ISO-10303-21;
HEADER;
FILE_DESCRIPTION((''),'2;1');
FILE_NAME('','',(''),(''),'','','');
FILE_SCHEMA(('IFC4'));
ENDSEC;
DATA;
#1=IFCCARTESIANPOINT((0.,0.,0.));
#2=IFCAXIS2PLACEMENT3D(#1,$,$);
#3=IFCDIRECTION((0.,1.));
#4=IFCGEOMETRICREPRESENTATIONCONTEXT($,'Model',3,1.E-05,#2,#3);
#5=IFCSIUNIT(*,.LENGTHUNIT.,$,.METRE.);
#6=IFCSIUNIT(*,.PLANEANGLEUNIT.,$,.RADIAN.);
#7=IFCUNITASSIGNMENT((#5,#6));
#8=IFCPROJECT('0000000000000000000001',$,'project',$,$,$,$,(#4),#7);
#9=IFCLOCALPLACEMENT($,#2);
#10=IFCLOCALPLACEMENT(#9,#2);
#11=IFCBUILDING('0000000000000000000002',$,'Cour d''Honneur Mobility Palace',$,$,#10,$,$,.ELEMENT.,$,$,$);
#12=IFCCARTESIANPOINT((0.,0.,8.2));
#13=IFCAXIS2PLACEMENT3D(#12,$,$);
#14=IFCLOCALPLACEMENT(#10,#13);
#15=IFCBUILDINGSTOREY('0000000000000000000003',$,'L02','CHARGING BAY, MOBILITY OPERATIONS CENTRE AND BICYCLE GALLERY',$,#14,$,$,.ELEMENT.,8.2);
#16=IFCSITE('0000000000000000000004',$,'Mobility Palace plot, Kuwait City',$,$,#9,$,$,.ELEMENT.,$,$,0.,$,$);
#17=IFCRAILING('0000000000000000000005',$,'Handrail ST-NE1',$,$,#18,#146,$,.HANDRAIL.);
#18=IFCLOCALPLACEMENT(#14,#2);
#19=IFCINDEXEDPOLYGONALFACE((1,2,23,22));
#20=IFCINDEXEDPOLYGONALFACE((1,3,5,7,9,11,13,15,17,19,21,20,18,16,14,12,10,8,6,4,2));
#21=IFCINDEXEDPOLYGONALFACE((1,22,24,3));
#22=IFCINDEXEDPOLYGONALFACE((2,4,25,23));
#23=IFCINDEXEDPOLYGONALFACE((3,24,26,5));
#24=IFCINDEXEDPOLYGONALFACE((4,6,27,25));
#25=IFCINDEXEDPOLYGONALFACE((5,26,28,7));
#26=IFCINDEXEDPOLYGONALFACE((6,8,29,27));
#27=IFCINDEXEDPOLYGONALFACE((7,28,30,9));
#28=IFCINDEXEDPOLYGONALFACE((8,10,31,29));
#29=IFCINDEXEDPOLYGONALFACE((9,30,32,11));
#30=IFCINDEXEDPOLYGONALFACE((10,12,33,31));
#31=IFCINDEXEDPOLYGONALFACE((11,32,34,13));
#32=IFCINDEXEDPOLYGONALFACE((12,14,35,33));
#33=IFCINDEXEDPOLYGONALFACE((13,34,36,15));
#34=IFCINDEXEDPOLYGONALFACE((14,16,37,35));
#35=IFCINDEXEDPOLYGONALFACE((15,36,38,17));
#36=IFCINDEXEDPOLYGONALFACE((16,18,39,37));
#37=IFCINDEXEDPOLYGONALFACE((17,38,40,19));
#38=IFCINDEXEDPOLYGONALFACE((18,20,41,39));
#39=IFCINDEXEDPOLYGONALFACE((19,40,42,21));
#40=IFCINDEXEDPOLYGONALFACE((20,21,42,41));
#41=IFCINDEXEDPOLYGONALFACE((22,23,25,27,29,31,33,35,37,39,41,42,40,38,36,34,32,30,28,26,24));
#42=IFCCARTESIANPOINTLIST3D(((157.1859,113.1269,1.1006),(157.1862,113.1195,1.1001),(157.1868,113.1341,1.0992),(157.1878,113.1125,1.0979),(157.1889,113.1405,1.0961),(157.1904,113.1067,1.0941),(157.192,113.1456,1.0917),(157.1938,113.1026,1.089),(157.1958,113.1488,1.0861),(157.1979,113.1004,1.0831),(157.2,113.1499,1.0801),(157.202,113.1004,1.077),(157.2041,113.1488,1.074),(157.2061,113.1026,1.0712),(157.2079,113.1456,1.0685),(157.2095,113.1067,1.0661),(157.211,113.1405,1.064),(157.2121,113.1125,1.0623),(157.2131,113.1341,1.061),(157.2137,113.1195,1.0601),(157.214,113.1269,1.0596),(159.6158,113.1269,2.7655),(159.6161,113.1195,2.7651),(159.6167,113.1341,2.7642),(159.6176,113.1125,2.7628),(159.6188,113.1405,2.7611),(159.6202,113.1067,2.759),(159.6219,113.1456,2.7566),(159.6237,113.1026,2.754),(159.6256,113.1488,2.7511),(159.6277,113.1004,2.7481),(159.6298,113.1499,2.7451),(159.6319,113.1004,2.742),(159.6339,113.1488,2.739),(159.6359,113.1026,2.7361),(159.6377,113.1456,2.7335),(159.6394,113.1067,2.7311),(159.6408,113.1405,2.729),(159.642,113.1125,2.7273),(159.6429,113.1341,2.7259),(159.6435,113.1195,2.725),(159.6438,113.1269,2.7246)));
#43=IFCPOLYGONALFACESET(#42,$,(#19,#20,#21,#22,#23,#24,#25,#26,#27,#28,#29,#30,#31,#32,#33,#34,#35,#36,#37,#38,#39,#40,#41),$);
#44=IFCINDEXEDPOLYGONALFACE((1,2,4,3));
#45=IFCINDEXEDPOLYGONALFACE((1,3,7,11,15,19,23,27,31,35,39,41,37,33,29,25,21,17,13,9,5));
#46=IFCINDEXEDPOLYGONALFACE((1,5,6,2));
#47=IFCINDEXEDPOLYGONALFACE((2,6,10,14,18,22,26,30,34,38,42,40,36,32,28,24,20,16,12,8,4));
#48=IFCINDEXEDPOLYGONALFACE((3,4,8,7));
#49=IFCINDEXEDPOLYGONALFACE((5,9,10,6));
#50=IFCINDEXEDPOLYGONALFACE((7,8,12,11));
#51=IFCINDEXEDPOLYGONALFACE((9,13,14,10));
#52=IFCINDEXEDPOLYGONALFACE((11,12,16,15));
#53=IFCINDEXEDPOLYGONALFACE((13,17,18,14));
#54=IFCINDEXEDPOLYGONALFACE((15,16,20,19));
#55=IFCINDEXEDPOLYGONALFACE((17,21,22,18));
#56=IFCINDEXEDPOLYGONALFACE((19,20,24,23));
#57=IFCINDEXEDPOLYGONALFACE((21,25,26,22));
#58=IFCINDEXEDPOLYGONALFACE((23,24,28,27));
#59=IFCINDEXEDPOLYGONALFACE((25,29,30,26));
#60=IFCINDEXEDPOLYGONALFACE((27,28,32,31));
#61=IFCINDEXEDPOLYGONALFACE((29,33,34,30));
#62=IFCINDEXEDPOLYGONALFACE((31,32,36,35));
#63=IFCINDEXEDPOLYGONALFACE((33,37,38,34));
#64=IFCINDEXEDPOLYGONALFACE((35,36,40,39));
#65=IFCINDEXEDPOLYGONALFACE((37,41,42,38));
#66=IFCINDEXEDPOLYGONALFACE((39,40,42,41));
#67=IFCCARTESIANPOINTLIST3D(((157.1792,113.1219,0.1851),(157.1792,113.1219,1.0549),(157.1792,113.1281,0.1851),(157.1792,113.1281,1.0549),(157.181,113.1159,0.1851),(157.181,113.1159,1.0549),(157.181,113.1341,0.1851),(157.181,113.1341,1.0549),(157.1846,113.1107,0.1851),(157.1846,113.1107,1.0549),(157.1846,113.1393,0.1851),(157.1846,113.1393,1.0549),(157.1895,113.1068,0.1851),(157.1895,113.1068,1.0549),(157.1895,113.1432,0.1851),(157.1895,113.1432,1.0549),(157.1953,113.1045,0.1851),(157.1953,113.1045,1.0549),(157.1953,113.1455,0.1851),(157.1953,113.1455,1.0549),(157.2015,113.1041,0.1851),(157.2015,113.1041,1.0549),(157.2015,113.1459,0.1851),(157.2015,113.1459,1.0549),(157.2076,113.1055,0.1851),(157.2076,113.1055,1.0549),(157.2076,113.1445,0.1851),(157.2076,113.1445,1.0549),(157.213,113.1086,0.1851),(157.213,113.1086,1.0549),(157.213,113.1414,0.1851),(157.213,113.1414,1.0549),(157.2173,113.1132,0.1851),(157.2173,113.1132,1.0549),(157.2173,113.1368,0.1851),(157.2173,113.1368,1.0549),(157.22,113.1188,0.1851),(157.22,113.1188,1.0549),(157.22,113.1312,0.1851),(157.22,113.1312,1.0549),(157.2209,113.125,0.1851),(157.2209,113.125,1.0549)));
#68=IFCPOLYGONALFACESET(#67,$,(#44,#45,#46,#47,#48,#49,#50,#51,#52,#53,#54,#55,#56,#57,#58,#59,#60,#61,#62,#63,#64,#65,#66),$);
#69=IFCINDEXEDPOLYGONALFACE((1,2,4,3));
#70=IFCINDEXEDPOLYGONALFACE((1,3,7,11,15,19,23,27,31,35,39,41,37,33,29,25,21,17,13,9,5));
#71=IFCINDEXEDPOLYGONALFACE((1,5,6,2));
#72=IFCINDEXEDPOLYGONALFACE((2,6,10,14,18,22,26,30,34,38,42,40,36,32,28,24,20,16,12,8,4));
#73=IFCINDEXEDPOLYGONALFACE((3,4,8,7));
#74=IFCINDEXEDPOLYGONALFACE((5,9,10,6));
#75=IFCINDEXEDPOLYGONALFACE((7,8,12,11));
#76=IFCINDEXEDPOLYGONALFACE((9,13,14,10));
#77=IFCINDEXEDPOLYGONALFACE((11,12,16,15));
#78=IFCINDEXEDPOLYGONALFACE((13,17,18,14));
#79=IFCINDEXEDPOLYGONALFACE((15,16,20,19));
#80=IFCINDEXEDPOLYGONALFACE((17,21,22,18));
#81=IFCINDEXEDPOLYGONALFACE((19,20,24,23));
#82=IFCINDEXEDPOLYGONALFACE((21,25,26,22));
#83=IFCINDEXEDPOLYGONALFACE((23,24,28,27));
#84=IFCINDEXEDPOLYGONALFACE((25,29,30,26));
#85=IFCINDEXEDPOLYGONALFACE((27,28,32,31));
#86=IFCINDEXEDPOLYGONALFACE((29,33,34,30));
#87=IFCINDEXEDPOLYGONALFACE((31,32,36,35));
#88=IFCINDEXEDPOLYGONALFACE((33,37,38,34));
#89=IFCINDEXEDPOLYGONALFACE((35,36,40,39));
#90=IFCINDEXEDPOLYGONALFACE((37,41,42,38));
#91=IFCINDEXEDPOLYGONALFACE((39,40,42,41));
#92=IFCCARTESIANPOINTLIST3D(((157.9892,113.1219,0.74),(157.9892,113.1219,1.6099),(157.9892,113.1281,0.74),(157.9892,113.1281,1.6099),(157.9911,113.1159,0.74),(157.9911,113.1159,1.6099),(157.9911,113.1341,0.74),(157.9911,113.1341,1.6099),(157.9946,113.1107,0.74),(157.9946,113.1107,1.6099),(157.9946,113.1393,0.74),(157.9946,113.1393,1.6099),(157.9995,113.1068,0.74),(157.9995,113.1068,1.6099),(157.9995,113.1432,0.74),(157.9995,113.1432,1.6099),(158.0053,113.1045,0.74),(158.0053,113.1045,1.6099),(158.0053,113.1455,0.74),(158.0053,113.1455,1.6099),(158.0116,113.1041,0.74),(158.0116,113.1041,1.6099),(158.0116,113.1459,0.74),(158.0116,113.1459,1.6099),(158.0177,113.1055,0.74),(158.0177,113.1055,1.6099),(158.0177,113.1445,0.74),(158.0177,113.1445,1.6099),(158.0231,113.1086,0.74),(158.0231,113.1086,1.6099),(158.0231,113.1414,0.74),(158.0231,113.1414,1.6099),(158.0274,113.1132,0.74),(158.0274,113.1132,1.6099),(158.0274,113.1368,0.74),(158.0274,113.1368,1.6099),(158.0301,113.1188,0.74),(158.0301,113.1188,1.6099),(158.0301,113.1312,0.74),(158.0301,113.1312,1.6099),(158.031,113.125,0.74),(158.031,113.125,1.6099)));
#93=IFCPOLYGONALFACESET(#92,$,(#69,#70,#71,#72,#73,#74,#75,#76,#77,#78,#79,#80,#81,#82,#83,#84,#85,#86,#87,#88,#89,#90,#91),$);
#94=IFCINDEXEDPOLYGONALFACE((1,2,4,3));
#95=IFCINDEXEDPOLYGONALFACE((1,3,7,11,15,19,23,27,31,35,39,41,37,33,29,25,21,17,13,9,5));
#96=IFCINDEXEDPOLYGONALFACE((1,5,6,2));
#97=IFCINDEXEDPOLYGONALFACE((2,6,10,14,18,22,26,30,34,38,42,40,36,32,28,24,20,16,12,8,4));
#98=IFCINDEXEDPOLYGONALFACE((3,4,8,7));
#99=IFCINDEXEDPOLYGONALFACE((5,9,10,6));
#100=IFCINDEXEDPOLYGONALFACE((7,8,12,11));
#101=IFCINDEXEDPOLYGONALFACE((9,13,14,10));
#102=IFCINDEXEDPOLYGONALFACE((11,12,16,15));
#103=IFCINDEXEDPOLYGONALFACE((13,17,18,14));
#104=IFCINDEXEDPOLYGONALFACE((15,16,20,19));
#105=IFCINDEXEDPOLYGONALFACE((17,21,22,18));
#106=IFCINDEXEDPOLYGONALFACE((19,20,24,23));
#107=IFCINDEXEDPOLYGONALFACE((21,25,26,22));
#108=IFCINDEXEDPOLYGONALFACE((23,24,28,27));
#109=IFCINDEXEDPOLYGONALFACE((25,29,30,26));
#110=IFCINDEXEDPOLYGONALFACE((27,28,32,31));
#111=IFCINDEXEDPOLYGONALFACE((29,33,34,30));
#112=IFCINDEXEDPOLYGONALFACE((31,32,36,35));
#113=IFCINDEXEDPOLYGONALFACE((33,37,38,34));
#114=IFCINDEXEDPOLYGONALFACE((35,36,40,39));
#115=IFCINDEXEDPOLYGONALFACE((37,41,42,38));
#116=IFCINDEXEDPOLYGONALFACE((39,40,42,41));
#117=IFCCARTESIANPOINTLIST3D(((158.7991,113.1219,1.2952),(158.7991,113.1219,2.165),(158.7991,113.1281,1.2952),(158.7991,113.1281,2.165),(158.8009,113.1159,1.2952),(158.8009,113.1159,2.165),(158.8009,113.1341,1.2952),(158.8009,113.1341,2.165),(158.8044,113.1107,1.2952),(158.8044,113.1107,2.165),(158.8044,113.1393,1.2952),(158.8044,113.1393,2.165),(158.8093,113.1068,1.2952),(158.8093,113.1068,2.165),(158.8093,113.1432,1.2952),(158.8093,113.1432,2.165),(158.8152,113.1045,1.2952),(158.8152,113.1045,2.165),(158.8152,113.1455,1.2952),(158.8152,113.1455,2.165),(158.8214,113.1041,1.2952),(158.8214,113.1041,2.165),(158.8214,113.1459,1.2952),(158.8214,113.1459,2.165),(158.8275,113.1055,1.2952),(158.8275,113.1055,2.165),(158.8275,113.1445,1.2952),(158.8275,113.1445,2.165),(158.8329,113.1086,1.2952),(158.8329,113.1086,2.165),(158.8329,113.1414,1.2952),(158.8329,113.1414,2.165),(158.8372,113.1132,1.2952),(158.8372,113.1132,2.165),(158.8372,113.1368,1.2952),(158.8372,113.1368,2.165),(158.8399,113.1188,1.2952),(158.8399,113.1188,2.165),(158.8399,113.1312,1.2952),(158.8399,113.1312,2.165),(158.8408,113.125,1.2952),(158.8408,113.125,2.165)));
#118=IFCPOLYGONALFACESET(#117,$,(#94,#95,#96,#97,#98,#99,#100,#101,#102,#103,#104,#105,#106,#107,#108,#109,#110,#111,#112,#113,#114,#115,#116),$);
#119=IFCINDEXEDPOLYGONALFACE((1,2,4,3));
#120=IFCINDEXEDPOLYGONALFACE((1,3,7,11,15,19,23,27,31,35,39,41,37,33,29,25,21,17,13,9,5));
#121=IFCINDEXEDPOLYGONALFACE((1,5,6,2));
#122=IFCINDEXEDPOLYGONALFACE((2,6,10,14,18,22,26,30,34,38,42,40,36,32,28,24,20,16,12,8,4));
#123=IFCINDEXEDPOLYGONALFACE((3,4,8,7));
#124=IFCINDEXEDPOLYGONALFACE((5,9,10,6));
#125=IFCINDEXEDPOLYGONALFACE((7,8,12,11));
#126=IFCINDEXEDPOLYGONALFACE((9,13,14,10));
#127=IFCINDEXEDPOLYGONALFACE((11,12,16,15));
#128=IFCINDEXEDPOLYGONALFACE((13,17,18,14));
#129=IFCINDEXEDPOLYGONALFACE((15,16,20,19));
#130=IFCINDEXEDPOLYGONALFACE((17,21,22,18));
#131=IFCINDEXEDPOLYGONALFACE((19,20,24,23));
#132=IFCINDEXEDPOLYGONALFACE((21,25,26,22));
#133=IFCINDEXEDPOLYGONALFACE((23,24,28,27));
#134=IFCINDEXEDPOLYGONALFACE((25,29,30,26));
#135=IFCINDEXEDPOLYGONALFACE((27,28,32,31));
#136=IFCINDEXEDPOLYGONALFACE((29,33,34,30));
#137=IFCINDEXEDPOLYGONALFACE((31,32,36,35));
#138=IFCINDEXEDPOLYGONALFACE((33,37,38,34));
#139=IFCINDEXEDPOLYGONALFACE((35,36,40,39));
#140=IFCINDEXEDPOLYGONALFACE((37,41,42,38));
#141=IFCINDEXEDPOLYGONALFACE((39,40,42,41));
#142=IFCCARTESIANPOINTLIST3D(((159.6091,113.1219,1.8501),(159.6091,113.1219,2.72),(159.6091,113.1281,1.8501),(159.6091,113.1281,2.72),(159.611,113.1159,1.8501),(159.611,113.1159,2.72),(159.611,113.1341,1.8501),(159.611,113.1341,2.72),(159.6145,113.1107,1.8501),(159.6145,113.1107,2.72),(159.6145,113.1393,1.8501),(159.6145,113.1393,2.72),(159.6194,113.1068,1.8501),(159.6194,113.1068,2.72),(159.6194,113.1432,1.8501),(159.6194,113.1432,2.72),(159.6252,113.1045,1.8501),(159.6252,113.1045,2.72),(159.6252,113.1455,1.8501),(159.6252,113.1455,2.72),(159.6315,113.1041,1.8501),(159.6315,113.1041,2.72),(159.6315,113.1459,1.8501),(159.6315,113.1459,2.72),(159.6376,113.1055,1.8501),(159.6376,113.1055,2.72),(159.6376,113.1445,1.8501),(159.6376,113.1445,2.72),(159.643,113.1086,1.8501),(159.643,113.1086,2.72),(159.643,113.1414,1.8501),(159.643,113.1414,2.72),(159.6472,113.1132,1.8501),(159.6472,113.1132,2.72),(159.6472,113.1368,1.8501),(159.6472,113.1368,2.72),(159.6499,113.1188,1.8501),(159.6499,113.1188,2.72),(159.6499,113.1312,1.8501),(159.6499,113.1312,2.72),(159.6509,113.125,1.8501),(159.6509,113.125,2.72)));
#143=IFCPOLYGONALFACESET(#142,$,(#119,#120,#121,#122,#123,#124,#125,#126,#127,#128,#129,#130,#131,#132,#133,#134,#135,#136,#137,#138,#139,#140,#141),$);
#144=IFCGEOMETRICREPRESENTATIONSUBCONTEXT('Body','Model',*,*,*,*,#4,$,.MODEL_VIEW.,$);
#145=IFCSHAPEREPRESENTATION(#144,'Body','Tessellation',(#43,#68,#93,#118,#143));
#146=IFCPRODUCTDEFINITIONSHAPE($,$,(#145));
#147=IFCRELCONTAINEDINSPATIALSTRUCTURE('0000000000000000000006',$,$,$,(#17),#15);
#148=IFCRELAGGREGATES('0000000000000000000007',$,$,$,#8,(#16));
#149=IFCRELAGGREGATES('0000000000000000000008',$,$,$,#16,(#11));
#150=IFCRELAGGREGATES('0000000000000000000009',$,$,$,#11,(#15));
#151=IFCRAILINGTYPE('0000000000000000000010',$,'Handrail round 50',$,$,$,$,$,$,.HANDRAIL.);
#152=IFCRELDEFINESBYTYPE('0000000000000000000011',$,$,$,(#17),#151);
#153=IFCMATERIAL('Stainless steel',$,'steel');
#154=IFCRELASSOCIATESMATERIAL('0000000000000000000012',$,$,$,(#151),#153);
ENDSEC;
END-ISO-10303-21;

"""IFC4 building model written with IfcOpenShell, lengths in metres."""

from ifc_helpers import new_model, si_unit, direction, frame, origin, origin_2d, place, context, subcontext, project, spatial, circle, extrude, material, type_object, element, save


model = new_model("IFC4")

# Units and contexts
model_context = context("Model", 3, precision=1e-05, world=origin(), true_north=direction((0.0, 1.0)))
body_context = subcontext(model_context, "Body", "Model", "MODEL_VIEW")
ifc_project = project(units=[si_unit("LENGTHUNIT", "METRE"), si_unit("PLANEANGLEUNIT", "RADIAN")], contexts=[model_context])

# Site, building, storey
site_placement = place(None, origin())
site = spatial("IfcSite", under=ifc_project, at=site_placement, Name="Mobility Palace plot, Kuwait City", CompositionType="ELEMENT", RefElevation=0.0)
building_placement = place(site_placement, origin())
building = spatial("IfcBuilding", under=site, at=building_placement, Name="Cour d'Honneur Mobility Palace", CompositionType="ELEMENT")
storey_placement = place(building_placement, frame((0.0, 0.0, 8.2)))
storey = spatial("IfcBuildingStorey", under=building, at=storey_placement, Name="L02", Description="CHARGING BAY, MOBILITY OPERATIONS CENTRE AND BICYCLE GALLERY", CompositionType="ELEMENT", Elevation=8.2)

# Railing
ifc_material_1 = material(Name="Stainless steel", Category="steel")
railing_type_1 = type_object("IfcRailingType", Name="Handrail round 50", PredefinedType="HANDRAIL", material=ifc_material_1)
for number, where, name in (
    (1, (157.2, 113.125, 0.1851), "Handrail ST-NE1"),
):
    element("IfcRailing", number, at=place(storey_placement, frame(where)), inside=storey, type_object=railing_type_1, Name=name, PredefinedType="HANDRAIL", context=body_context, shape_type="SweptSolid", body=[
        extrude(circle(Radius=0.0249, at=origin_2d()), frame((0.0, 0.0, 0.895), z_axis=(0.824919, 0.0, 0.565251), x_axis=(0.0, 1.0, 0.0)), (0.0, 0.0, 1.0), 2.9456),
        extrude(circle(Radius=0.021, at=origin_2d()), origin(), (0.0, 0.0, 1.0), 0.8699),
        extrude(circle(Radius=0.021, at=origin_2d()), frame((0.8101, 0.0, 0.5549)), (0.0, 0.0, 1.0), 0.8699),
        extrude(circle(Radius=0.021, at=origin_2d()), frame((1.6199, 0.0, 1.1101)), (0.0, 0.0, 1.0), 0.8699),
        extrude(circle(Radius=0.021, at=origin_2d()), frame((2.4299, 0.0, 1.665)), (0.0, 0.0, 1.0), 0.8699),
    ])

save(model, "model.ifc")
